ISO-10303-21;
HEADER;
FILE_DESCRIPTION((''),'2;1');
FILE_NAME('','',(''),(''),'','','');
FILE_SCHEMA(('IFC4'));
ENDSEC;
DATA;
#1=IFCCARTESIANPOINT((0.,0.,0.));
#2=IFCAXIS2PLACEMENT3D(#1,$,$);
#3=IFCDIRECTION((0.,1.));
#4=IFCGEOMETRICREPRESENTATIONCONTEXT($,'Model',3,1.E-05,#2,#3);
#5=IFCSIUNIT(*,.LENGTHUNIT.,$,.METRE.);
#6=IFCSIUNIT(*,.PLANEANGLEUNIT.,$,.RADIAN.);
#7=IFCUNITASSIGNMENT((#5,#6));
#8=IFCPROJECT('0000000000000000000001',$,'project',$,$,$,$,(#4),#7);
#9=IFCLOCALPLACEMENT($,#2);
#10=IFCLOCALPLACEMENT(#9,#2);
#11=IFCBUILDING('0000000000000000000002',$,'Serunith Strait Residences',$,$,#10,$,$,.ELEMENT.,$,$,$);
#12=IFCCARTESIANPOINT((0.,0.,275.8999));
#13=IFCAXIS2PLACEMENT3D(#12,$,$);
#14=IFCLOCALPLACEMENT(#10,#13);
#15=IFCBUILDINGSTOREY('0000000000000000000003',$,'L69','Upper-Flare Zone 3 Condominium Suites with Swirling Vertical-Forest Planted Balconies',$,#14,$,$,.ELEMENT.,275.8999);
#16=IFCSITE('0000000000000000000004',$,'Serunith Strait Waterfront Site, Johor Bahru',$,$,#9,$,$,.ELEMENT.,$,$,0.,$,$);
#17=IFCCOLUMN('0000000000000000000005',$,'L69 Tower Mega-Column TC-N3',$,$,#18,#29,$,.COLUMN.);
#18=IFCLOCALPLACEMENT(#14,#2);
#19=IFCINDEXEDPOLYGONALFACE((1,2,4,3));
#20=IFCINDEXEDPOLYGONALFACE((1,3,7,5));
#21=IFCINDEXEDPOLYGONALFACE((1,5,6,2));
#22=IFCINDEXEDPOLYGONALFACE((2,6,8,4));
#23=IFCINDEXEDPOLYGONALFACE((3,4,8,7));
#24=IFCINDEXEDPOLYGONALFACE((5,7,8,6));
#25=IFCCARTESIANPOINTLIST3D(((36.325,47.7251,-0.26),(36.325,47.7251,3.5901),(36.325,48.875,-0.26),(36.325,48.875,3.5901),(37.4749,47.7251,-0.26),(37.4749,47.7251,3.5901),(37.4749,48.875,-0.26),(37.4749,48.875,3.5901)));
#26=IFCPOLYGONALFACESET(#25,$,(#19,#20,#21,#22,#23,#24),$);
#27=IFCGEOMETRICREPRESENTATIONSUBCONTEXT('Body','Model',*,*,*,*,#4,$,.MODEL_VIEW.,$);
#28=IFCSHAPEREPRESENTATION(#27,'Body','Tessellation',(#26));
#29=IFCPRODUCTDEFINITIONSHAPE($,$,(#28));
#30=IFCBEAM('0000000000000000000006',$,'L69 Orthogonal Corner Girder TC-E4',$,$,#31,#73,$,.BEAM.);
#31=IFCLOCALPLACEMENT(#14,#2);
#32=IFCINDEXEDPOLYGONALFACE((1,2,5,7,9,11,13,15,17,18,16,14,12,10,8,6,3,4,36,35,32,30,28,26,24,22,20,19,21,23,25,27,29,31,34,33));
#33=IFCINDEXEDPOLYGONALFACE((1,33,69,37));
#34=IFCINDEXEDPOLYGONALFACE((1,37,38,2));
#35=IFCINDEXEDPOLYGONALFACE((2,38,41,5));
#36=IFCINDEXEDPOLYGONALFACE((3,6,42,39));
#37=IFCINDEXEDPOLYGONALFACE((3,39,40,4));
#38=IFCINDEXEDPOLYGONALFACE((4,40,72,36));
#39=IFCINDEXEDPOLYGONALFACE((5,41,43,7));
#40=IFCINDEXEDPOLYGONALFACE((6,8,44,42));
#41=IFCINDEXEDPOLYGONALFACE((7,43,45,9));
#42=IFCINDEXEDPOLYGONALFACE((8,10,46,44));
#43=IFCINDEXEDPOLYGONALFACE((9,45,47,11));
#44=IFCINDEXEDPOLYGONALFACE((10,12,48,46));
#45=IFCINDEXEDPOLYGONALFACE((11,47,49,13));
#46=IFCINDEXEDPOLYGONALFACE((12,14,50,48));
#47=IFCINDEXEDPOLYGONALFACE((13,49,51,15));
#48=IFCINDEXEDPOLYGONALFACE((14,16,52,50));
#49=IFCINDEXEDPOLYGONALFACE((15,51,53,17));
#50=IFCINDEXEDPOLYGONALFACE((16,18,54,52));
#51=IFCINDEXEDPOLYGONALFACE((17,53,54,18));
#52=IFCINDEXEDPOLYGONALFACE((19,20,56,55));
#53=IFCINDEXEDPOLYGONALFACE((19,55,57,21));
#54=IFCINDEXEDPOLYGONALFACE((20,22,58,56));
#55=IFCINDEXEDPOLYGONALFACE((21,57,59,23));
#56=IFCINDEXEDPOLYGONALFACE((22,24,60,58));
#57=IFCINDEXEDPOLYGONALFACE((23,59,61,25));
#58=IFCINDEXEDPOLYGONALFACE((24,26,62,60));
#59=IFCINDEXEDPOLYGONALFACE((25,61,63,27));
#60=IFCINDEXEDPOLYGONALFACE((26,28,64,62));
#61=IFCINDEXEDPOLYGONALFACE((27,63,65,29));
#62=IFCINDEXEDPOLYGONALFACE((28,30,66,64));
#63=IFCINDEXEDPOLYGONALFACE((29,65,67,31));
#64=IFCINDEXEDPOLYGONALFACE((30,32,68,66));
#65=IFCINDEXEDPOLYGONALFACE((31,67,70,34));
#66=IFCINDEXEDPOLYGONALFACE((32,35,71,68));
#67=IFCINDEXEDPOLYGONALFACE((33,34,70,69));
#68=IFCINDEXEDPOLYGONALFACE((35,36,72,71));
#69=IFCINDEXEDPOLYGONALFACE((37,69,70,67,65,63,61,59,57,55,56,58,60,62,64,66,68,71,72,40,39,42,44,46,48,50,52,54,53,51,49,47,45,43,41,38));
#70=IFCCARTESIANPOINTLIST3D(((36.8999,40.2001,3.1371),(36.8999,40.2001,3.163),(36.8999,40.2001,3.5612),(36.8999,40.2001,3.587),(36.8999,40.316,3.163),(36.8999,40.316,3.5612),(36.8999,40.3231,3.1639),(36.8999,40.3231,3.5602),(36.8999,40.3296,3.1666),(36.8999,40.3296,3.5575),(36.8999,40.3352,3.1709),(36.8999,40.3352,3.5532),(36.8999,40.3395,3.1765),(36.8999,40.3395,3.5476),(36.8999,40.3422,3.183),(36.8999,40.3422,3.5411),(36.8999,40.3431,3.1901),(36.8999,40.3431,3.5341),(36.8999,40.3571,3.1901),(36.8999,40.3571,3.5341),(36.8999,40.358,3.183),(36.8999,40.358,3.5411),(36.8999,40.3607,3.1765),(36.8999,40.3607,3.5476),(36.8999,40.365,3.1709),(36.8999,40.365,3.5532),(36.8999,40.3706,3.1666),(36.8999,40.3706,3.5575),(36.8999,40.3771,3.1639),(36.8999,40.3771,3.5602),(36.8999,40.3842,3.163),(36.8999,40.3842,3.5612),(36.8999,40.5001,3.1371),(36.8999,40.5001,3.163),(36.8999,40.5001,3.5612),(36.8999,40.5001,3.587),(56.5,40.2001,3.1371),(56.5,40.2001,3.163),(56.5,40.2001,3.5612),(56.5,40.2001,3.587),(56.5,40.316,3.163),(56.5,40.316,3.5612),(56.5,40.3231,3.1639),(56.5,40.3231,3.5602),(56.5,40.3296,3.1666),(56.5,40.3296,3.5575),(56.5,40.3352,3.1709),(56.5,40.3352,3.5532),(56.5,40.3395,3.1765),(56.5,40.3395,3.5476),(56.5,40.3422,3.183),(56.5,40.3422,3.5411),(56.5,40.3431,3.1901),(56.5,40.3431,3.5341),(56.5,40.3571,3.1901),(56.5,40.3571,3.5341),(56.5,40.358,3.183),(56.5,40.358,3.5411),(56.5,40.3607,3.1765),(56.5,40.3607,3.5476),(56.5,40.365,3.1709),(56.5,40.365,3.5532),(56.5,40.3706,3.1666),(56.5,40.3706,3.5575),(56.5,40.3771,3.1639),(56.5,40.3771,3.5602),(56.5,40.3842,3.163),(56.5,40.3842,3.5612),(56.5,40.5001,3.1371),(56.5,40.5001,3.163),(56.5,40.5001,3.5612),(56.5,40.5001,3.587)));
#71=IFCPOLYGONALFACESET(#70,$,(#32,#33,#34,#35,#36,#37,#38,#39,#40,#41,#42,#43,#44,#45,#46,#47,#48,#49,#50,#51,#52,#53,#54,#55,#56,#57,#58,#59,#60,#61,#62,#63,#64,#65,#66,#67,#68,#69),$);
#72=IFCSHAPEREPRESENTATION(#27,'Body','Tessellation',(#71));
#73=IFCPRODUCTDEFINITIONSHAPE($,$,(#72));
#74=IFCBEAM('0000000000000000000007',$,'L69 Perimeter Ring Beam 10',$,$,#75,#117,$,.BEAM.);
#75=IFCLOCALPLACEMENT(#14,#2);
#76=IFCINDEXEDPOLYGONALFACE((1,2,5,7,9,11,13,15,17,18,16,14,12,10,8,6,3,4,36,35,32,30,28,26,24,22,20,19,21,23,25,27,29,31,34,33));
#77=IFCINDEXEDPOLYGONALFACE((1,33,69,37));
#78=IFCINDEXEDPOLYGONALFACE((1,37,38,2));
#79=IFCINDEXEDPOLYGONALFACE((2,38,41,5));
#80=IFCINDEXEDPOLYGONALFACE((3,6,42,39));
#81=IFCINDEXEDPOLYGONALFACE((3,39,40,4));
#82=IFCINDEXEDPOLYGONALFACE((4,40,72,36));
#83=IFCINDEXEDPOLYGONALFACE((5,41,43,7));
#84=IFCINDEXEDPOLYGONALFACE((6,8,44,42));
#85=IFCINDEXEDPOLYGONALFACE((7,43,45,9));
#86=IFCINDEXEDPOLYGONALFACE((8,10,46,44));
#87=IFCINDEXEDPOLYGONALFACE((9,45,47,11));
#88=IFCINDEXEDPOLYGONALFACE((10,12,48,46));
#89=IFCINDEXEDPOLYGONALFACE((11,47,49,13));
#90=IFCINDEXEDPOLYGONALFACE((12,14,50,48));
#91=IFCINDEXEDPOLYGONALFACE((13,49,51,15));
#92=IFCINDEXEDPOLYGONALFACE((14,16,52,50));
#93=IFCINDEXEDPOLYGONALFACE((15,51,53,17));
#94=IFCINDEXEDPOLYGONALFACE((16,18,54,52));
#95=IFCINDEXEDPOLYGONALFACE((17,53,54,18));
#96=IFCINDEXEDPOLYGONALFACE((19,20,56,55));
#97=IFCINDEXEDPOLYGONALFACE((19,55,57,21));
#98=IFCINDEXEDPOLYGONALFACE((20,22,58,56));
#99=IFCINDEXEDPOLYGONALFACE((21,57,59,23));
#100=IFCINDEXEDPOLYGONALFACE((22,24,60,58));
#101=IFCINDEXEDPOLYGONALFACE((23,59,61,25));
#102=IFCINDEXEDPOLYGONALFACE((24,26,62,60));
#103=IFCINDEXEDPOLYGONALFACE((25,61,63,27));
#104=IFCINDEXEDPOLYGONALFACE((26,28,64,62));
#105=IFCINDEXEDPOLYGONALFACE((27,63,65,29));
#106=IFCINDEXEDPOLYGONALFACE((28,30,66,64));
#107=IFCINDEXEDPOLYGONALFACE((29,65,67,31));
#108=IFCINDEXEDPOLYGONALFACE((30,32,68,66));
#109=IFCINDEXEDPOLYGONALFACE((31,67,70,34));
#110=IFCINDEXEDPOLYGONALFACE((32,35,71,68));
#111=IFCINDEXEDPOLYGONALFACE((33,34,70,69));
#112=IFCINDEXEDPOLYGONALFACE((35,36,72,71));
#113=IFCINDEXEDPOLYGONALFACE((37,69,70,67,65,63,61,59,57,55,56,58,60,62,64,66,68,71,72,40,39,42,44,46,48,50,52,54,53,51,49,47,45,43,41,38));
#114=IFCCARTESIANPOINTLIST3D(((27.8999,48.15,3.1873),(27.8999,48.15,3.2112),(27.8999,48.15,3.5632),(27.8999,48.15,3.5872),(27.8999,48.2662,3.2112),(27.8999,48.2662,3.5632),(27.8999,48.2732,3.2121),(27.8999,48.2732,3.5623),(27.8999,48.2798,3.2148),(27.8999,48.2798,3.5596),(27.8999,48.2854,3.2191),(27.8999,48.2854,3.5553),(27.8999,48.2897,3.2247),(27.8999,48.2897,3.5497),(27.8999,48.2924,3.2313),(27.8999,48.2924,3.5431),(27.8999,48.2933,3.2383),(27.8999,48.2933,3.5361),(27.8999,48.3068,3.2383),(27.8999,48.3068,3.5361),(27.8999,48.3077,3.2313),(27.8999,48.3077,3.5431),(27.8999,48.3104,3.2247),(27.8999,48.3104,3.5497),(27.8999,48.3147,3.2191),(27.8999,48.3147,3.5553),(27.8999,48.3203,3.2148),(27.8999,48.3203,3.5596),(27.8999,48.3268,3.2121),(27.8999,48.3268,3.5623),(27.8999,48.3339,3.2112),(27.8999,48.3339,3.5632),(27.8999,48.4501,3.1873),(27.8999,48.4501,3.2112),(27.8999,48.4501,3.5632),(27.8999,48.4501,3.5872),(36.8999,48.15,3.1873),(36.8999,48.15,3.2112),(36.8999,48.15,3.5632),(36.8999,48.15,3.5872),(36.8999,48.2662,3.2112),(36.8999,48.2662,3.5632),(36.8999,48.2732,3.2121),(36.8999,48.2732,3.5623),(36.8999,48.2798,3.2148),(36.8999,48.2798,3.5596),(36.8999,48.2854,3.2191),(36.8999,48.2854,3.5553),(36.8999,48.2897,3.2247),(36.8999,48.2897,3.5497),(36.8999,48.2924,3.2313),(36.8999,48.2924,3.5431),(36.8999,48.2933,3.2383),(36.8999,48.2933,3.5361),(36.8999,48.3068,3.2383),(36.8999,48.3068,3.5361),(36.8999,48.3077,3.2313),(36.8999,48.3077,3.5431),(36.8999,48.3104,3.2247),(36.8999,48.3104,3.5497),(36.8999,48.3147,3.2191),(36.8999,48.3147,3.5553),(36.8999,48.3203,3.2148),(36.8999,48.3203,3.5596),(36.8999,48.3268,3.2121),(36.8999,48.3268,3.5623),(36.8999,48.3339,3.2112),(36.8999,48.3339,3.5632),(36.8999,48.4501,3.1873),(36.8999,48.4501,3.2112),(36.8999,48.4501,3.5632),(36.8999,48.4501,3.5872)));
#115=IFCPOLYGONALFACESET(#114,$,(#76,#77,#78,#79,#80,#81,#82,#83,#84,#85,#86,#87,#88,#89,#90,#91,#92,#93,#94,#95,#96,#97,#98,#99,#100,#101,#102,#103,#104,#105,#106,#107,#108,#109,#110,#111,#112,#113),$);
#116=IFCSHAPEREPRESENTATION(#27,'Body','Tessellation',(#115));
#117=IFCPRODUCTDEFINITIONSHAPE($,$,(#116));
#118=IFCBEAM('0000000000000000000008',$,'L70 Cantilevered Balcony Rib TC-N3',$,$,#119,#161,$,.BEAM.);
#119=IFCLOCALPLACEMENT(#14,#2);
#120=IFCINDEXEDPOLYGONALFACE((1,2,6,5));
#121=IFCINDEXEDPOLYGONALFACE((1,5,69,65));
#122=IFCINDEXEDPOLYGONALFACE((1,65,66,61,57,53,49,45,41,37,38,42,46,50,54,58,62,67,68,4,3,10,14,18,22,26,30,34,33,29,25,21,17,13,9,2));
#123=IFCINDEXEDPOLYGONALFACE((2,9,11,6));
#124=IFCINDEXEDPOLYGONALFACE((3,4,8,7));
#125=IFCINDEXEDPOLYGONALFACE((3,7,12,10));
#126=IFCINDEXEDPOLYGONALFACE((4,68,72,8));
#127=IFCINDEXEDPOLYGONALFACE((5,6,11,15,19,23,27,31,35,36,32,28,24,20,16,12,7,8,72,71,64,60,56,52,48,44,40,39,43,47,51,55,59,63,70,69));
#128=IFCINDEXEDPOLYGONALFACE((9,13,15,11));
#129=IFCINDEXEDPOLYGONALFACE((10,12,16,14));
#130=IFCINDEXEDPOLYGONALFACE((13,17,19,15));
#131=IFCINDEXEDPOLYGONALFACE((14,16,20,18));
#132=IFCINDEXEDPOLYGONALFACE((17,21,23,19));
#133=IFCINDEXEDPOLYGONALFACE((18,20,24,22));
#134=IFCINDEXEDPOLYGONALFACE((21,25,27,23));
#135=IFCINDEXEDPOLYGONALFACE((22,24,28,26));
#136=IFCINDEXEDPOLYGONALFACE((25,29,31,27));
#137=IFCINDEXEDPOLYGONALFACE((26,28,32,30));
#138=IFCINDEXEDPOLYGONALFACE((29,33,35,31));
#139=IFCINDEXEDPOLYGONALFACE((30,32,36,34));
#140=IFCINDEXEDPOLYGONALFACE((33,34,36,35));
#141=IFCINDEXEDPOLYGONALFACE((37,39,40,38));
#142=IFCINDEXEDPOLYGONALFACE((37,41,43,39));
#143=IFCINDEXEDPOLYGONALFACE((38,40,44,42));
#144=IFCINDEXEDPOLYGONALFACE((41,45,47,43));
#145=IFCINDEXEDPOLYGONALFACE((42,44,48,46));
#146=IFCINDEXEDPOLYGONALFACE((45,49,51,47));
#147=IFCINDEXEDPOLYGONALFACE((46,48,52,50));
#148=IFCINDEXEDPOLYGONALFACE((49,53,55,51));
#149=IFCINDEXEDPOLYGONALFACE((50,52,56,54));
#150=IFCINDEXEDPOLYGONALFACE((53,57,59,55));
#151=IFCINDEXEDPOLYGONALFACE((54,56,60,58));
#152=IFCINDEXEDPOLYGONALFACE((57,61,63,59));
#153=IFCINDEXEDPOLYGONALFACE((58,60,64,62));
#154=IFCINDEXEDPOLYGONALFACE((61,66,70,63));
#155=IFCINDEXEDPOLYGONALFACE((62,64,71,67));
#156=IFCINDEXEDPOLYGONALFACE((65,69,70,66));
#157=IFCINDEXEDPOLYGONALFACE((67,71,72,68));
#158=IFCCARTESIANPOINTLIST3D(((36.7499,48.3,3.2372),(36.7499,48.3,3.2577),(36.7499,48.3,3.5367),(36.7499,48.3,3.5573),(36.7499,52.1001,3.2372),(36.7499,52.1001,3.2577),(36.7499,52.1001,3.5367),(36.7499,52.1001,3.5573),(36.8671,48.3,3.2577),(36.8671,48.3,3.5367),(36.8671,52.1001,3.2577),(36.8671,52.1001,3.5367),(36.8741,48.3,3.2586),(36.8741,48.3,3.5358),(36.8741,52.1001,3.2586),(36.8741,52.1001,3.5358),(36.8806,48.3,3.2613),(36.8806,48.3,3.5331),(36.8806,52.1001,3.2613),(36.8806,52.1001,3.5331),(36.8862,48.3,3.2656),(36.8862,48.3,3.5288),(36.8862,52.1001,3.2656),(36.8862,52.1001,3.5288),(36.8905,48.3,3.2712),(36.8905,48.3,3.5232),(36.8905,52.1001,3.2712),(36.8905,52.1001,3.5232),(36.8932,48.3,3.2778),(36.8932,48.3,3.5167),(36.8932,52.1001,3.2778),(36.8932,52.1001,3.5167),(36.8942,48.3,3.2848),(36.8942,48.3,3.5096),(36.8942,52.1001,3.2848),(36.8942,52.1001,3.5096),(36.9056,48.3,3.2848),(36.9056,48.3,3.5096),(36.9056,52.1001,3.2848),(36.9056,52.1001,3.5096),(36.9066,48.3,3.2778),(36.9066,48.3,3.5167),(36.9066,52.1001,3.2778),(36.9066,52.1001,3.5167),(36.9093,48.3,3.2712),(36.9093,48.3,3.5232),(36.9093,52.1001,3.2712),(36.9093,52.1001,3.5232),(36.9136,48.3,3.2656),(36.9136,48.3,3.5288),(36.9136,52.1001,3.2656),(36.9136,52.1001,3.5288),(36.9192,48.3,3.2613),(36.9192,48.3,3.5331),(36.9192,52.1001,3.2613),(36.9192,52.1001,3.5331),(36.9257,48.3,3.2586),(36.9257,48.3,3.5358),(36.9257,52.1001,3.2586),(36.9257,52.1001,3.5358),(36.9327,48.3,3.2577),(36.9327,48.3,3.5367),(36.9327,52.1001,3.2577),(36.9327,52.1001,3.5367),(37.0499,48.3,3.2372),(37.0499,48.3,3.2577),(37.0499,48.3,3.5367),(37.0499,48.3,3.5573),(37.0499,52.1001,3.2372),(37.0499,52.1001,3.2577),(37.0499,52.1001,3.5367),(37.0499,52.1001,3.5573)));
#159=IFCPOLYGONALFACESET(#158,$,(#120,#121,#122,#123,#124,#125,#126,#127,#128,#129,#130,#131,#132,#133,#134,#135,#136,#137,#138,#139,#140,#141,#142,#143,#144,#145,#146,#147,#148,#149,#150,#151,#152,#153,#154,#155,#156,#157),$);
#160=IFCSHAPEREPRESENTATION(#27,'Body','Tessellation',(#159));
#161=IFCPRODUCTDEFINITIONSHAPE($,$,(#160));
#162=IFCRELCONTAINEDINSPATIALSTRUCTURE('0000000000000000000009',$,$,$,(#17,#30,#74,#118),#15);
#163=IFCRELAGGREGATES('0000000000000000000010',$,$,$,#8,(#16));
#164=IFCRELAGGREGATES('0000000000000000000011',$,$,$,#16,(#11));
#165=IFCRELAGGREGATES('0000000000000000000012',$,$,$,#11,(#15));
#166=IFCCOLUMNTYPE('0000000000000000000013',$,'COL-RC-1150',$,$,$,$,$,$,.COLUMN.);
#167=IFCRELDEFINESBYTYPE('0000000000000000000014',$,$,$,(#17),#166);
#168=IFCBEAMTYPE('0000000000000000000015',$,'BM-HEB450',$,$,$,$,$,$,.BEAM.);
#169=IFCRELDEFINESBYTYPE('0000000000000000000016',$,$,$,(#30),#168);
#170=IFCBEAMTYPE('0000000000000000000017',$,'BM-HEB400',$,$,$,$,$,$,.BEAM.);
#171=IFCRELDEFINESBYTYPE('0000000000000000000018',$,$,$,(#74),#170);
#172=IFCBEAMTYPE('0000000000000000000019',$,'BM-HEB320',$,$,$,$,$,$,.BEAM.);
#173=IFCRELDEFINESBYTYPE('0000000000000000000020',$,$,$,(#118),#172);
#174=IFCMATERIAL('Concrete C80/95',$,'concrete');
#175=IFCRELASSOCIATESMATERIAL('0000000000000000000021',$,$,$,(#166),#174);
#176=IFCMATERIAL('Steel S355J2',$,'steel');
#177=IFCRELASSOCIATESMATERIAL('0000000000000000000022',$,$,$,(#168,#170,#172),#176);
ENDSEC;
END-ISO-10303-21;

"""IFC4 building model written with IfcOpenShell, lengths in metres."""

from ifc_helpers import new_model, si_unit, direction, frame, origin, origin_2d, place, context, subcontext, project, spatial, rectangle, i_section, extrude, source, transform, mapped, material, material_profile, profile_set, type_object, element, save


model = new_model("IFC4")

# Units and contexts
model_context = context("Model", 3, precision=1e-05, world=origin(), true_north=direction((0.0, 1.0)))
body_context = subcontext(model_context, "Body", "Model", "MODEL_VIEW")
ifc_project = project(units=[si_unit("LENGTHUNIT", "METRE"), si_unit("PLANEANGLEUNIT", "RADIAN")], contexts=[model_context])

# Site, building, storey
site_placement = place(None, origin())
site = spatial("IfcSite", under=ifc_project, at=site_placement, Name="Serunith Strait Waterfront Site, Johor Bahru", CompositionType="ELEMENT", RefElevation=0.0)
building_placement = place(site_placement, origin())
building = spatial("IfcBuilding", under=site, at=building_placement, Name="Serunith Strait Residences", CompositionType="ELEMENT")
storey_placement = place(building_placement, frame((0.0, 0.0, 275.8999)))
storey = spatial("IfcBuildingStorey", under=building, at=storey_placement, Name="L69", Description="Upper-Flare Zone 3 Condominium Suites with Swirling Vertical-Forest Planted Balconies", CompositionType="ELEMENT", Elevation=275.8999)

# Column
ifc_material_1 = material(Name="Concrete C80/95", Category="concrete")
ifc_material_profile_1 = material_profile(ifc_material_1, rectangle(XDim=1.1499, YDim=1.1499, at=origin_2d()), Name="RC 1150x1150")
ifc_profile_set_1 = profile_set([ifc_material_profile_1], Name="Concrete C80/95")
column_type = type_object("IfcColumnType", Name="COL-RC-1150", PredefinedType="COLUMN", material=ifc_profile_set_1)
shared_shape_1 = source(origin(), body_context, "Body", "SweptSolid", [
    extrude(rectangle(XDim=1.1499, YDim=1.1499, at=origin_2d()), origin(), (0.0, 0.0, 1.0), 3.8501),
])
column_placement = place(storey_placement, frame((36.8999, 48.3, -0.26), z_axis=(0.0, 0.0, 1.0), x_axis=(1.0, 0.0, 0.0)))
element("IfcColumn", 1, at=column_placement, inside=storey, type_object=column_type, Name="L69 Tower Mega-Column TC-N3", PredefinedType="COLUMN", context=body_context, shape_type="MappedRepresentation", body=[
    mapped(shared_shape_1, transform((0.0, 0.0, 0.0), scale=1.0)),
])

# Beams
ifc_material_2 = material(Name="Steel S355J2", Category="steel")
ifc_material_profile_2 = material_profile(ifc_material_2, i_section(OverallWidth=0.3, OverallDepth=0.45, WebThickness=0.0139, FlangeThickness=0.0259, FilletRadius=0.0271, at=origin_2d()), Name="HEB 450")
ifc_profile_set_2 = profile_set([ifc_material_profile_2], Name="Steel S355J2")
beam_type_1 = type_object("IfcBeamType", Name="BM-HEB450", PredefinedType="BEAM", material=ifc_profile_set_2)
shared_shape_2 = source(origin(), body_context, "Body", "SweptSolid", [
    extrude(i_section(OverallWidth=0.3, OverallDepth=0.45, WebThickness=0.0139, FlangeThickness=0.0259, FilletRadius=0.0271, at=origin_2d()), origin(), (0.0, 0.0, 1.0), 19.6001),
])
beam_1_placement = place(storey_placement, frame((36.8999, 40.3501, 3.3621), z_axis=(1.0, 0.0, 0.0), x_axis=(0.0, 1.0, 0.0)))
element("IfcBeam", 2, at=beam_1_placement, inside=storey, type_object=beam_type_1, Name="L69 Orthogonal Corner Girder TC-E4", PredefinedType="BEAM", context=body_context, shape_type="MappedRepresentation", body=[
    mapped(shared_shape_2, transform((0.0, 0.0, 0.0), scale=1.0)),
])
ifc_material_profile_3 = material_profile(ifc_material_2, i_section(OverallWidth=0.3, OverallDepth=0.3999, WebThickness=0.0134, FlangeThickness=0.0239, FilletRadius=0.0271, at=origin_2d()), Name="HEB 400")
ifc_profile_set_3 = profile_set([ifc_material_profile_3], Name="Steel S355J2")
beam_type_2 = type_object("IfcBeamType", Name="BM-HEB400", PredefinedType="BEAM", material=ifc_profile_set_3)
shared_shape_3 = source(origin(), body_context, "Body", "SweptSolid", [
    extrude(i_section(OverallWidth=0.3, OverallDepth=0.3999, WebThickness=0.0134, FlangeThickness=0.0239, FilletRadius=0.0271, at=origin_2d()), origin(), (0.0, 0.0, 1.0), 9.0),
])
beam_2_placement = place(storey_placement, frame((36.8999, 48.3, 3.3872), z_axis=(-1.0, 0.0, 0.0), x_axis=(0.0, -1.0, 0.0)))
element("IfcBeam", 3, at=beam_2_placement, inside=storey, type_object=beam_type_2, Name="L69 Perimeter Ring Beam 10", PredefinedType="BEAM", context=body_context, shape_type="MappedRepresentation", body=[
    mapped(shared_shape_3, transform((0.0, 0.0, 0.0), scale=1.0)),
])
ifc_material_profile_4 = material_profile(ifc_material_2, i_section(OverallWidth=0.3, OverallDepth=0.3201, WebThickness=0.0115, FlangeThickness=0.0205, FilletRadius=0.0271, at=origin_2d()), Name="HEB 320")
ifc_profile_set_4 = profile_set([ifc_material_profile_4], Name="Steel S355J2")
beam_type_3 = type_object("IfcBeamType", Name="BM-HEB320", PredefinedType="BEAM", material=ifc_profile_set_4)
shared_shape_4 = source(origin(), body_context, "Body", "SweptSolid", [
    extrude(i_section(OverallWidth=0.3, OverallDepth=0.3201, WebThickness=0.0115, FlangeThickness=0.0205, FilletRadius=0.0271, at=origin_2d()), origin(), (0.0, 0.0, 1.0), 3.8),
])
beam_3_placement = place(storey_placement, frame((36.8999, 48.3, 3.3972), z_axis=(0.0, 1.0, 0.0), x_axis=(-1.0, 0.0, 0.0)))
element("IfcBeam", 4, at=beam_3_placement, inside=storey, type_object=beam_type_3, Name="L70 Cantilevered Balcony Rib TC-N3", PredefinedType="BEAM", context=body_context, shape_type="MappedRepresentation", body=[
    mapped(shared_shape_4, transform((0.0, 0.0, 0.0), scale=1.0)),
])

save(model, "model.ifc")
